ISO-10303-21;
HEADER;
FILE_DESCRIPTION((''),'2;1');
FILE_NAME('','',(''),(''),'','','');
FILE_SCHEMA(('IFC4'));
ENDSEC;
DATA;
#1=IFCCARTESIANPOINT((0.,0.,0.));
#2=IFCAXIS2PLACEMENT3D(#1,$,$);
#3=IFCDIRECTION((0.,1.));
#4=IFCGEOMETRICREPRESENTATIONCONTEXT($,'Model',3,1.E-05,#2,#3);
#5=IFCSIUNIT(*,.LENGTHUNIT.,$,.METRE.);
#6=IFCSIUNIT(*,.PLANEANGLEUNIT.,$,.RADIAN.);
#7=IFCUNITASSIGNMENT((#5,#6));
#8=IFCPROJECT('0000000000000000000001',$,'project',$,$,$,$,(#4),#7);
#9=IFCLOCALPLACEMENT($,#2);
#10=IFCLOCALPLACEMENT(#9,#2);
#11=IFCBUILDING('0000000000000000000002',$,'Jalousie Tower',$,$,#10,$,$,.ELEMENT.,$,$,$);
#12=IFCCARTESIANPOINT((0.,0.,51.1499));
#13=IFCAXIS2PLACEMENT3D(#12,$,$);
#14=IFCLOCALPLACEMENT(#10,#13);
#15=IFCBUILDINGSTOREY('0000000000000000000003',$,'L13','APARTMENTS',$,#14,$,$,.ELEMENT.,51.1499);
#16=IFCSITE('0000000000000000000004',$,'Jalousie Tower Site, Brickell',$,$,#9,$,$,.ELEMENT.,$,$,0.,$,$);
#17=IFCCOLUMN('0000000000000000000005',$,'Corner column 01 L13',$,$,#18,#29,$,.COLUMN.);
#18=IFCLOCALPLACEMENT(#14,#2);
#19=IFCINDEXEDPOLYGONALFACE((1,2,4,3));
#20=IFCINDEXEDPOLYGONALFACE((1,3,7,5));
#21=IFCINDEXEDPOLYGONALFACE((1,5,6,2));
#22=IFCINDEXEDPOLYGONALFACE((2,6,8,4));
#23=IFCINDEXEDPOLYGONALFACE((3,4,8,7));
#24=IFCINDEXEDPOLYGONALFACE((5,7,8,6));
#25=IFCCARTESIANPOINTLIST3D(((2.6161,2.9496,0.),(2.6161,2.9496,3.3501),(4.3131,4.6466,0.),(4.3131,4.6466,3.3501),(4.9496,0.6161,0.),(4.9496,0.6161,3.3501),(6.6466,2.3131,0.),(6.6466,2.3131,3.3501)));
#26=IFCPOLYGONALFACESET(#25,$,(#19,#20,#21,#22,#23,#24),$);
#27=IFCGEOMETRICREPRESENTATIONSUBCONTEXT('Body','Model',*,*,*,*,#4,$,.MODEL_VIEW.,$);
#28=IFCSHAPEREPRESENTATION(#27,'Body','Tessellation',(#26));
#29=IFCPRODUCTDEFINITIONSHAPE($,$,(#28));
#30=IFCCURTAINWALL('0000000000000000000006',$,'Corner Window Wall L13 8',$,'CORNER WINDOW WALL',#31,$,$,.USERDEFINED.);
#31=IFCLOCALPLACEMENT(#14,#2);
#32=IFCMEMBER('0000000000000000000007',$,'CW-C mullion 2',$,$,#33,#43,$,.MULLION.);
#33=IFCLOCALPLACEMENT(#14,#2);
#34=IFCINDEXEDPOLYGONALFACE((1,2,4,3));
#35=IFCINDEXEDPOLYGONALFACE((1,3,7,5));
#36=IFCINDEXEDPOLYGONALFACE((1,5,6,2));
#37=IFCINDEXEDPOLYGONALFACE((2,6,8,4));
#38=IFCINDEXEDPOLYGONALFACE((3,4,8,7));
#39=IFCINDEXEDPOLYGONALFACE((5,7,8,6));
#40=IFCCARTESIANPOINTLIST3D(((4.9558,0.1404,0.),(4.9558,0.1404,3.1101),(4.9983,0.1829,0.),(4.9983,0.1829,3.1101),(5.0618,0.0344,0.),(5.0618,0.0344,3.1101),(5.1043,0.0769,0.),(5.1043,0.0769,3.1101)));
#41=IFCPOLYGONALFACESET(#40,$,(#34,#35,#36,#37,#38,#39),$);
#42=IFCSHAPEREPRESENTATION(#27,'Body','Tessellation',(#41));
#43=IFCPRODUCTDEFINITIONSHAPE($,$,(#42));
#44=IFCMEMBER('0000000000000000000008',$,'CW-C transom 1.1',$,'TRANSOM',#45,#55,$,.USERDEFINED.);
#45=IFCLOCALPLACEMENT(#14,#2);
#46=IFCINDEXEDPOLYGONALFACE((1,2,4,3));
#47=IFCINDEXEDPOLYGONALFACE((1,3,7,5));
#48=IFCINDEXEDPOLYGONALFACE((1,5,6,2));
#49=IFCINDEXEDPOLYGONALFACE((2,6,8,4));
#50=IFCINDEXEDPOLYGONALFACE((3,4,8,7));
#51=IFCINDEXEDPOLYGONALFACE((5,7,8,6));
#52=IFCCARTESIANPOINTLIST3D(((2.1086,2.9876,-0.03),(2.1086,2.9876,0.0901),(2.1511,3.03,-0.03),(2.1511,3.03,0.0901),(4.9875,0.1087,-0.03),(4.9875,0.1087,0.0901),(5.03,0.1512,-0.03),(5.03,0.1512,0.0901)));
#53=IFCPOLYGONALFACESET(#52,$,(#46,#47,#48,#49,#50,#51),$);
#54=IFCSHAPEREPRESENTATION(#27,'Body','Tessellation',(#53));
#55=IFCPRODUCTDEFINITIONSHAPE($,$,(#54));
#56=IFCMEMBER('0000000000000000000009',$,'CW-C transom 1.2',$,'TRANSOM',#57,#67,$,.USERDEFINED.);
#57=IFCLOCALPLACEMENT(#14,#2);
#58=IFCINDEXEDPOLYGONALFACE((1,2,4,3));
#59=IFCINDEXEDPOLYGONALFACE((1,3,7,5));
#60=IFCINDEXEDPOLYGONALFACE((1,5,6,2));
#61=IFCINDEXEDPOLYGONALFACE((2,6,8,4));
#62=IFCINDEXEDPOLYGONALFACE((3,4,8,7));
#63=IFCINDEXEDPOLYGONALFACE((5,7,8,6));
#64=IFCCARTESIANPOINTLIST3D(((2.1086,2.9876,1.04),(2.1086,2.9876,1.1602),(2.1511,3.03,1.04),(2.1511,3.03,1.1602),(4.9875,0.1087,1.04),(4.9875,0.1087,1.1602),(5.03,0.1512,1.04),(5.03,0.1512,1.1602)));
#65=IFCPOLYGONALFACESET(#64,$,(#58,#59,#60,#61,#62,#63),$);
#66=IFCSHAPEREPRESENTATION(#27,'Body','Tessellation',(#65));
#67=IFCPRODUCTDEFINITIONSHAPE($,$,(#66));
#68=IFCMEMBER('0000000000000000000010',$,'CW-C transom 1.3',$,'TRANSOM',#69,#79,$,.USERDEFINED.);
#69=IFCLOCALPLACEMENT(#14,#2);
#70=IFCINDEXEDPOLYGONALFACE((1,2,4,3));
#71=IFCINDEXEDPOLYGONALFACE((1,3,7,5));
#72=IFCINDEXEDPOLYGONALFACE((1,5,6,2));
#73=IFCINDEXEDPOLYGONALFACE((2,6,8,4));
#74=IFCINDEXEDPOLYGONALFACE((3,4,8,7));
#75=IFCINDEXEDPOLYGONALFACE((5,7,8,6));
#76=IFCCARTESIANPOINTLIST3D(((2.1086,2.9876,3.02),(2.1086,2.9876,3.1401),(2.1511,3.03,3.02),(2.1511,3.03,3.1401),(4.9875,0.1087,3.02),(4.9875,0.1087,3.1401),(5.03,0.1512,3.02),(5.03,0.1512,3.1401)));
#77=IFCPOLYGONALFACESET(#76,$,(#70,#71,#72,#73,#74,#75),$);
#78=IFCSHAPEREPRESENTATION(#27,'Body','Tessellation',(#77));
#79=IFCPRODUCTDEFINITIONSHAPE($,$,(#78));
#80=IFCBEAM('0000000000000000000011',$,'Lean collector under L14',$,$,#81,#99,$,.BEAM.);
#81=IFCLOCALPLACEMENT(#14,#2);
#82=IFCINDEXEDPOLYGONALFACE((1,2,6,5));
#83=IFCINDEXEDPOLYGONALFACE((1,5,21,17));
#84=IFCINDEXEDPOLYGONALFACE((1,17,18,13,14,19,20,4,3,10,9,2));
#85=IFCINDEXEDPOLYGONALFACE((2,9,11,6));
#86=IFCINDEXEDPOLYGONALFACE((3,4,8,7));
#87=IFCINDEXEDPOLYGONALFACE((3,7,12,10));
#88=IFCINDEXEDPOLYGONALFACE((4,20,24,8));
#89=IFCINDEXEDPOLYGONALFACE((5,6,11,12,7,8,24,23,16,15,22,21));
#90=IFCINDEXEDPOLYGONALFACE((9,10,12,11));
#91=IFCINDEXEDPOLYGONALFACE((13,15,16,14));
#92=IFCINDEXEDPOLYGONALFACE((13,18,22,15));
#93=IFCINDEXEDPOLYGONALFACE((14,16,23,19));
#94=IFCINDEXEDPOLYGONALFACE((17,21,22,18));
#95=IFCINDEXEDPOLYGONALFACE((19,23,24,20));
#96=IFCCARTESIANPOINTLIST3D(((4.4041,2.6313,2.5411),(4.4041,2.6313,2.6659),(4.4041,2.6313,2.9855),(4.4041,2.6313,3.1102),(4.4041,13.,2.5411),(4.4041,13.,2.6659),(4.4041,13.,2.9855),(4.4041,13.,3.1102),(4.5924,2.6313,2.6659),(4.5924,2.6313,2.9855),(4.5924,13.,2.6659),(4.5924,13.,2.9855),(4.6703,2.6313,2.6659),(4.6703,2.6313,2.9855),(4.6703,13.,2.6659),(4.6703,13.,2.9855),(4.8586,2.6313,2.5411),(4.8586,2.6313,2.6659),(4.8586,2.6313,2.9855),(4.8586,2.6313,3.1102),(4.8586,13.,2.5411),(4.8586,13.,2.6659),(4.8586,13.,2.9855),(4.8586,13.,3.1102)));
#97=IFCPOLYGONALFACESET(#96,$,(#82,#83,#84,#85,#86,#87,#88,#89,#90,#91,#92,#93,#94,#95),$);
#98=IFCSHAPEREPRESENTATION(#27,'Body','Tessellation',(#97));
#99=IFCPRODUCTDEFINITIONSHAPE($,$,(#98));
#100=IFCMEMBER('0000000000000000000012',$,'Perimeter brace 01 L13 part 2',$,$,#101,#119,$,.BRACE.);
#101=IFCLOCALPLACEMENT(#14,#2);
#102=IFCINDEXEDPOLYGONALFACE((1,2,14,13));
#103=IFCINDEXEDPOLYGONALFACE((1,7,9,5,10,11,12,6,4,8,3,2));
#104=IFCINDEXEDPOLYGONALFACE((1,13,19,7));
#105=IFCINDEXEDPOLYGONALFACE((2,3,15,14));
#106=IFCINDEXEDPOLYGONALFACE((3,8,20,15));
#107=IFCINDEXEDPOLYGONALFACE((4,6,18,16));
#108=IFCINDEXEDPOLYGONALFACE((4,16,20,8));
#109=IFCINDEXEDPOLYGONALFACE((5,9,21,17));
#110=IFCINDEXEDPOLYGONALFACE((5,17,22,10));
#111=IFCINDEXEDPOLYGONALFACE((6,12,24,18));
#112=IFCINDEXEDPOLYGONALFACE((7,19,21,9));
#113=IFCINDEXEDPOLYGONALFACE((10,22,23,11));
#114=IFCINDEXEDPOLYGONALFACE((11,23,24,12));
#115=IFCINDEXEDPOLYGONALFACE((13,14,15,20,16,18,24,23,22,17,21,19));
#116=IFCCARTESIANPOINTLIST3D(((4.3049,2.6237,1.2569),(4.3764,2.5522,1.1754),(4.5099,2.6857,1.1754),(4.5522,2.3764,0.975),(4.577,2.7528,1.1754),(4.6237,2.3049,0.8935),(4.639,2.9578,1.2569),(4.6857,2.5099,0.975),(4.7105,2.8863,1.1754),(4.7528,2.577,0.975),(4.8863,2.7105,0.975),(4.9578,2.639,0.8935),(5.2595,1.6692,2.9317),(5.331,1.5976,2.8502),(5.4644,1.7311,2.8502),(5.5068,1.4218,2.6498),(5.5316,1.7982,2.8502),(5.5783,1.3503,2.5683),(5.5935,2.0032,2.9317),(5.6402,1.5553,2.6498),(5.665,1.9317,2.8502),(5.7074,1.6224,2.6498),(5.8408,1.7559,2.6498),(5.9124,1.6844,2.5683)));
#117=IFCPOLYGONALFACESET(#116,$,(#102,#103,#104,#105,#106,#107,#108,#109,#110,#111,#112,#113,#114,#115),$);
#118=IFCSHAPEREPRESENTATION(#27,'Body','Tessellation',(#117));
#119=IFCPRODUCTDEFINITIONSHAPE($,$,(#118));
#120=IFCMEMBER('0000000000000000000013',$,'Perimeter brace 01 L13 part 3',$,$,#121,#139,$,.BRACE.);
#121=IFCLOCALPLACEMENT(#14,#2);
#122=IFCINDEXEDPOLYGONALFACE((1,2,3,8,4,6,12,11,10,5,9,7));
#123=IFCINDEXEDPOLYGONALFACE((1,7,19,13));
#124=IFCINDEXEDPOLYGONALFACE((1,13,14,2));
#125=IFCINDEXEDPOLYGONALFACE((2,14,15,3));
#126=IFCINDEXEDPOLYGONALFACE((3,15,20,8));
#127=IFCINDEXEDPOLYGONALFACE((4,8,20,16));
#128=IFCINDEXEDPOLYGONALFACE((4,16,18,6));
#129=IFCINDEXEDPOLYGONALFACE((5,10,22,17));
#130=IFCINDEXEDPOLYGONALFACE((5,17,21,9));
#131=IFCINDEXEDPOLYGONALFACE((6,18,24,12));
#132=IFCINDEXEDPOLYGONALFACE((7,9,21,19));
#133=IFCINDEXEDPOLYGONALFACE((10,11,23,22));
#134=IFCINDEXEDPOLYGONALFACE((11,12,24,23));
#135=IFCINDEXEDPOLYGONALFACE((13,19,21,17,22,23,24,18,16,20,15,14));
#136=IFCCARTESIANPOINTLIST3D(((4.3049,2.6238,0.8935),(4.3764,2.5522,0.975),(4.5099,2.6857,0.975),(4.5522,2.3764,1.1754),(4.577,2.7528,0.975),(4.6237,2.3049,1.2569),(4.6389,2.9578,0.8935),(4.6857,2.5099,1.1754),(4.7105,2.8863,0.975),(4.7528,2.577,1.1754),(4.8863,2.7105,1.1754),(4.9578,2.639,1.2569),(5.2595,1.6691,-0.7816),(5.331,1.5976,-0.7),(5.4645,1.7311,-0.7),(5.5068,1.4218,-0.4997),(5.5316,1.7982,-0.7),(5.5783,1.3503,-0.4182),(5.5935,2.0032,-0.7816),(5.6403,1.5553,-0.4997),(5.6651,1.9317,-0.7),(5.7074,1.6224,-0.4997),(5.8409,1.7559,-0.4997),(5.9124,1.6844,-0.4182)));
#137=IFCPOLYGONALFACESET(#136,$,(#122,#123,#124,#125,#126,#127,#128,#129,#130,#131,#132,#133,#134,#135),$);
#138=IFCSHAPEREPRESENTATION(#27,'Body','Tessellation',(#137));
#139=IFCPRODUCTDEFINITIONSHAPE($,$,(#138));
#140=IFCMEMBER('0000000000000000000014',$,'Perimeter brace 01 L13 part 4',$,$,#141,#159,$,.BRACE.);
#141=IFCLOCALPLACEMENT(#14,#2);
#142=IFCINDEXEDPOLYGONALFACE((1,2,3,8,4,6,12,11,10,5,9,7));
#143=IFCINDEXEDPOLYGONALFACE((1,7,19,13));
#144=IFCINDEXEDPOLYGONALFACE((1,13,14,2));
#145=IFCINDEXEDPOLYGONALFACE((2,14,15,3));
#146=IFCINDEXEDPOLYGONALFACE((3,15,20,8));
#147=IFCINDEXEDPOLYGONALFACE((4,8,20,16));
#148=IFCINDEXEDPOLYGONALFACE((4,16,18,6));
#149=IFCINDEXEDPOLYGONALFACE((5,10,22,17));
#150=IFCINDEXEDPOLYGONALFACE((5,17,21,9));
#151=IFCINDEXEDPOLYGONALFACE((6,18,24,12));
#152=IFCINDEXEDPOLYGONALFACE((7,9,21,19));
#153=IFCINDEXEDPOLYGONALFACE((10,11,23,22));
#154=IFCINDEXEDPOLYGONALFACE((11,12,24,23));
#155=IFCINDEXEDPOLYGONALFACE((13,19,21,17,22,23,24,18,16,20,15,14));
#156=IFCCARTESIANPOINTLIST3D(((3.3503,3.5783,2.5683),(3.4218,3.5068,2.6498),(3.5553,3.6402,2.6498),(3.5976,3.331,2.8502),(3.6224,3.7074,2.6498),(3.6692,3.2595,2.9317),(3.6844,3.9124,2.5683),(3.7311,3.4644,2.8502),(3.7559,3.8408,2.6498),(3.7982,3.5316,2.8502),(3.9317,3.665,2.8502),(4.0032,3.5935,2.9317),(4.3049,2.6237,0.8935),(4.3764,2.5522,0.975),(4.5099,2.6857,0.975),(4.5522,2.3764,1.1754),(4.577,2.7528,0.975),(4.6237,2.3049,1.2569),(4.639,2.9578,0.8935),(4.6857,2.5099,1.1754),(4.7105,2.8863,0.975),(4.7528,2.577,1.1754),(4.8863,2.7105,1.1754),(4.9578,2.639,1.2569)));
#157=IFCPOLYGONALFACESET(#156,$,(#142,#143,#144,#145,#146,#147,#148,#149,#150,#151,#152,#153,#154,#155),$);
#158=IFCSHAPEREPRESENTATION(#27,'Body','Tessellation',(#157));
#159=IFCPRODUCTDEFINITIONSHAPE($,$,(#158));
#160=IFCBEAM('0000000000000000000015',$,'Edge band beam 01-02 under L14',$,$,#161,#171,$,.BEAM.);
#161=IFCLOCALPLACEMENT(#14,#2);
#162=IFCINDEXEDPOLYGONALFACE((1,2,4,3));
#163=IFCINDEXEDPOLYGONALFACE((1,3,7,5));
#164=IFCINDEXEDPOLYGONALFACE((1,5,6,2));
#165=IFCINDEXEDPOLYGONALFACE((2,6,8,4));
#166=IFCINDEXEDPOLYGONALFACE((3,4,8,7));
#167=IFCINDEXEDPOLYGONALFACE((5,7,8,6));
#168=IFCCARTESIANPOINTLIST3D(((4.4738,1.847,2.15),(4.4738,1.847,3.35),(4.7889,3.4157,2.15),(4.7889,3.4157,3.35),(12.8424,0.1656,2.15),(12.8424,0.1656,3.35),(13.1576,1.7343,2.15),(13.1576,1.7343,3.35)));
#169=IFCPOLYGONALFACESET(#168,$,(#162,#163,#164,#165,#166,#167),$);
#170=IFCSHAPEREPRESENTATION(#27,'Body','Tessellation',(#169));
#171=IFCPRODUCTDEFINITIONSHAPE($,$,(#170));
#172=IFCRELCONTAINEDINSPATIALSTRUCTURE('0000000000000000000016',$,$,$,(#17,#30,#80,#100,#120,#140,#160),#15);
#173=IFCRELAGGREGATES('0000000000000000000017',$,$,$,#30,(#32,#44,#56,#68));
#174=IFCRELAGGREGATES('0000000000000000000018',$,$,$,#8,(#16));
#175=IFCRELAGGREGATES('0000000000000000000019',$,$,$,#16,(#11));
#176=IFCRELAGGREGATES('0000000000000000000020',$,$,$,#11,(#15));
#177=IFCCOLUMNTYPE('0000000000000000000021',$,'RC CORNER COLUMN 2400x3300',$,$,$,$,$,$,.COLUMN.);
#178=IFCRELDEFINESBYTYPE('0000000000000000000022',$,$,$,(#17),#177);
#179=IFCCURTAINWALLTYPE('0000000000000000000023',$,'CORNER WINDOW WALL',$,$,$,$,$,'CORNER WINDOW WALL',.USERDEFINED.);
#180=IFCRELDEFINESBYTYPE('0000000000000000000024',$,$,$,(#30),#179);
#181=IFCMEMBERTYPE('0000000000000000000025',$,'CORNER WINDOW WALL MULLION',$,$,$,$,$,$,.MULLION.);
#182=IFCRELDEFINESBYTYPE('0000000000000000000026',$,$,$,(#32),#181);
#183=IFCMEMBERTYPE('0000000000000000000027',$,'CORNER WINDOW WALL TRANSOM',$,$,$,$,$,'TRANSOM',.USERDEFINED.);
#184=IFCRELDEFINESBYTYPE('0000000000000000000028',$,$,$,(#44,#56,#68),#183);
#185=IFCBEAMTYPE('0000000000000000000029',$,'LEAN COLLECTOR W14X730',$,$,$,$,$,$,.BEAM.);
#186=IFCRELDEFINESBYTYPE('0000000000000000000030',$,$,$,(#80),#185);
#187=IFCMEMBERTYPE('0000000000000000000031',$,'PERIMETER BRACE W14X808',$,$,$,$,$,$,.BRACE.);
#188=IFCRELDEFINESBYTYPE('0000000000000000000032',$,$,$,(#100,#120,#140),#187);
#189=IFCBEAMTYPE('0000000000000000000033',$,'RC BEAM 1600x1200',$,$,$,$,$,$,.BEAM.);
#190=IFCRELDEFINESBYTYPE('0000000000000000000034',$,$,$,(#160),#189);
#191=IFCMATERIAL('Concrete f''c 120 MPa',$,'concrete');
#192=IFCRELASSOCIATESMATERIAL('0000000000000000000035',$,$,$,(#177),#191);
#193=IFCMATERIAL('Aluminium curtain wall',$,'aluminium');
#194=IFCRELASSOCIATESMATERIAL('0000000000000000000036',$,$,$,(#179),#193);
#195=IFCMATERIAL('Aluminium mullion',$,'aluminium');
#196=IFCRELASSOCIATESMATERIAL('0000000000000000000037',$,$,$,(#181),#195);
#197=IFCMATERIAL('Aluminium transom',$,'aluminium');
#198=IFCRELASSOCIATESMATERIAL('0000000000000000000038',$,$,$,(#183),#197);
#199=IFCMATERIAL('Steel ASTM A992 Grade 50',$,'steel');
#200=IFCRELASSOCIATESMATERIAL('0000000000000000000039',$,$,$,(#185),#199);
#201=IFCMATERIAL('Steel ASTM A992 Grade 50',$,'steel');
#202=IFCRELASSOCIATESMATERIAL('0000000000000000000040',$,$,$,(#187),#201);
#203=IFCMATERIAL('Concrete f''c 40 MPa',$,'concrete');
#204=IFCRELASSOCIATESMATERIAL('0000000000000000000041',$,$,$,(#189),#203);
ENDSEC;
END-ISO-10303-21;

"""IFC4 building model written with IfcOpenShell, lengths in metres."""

from ifc_helpers import new_model, si_unit, direction, frame, origin, origin_2d, place, context, subcontext, project, spatial, rectangle, i_section, extrude, material, material_profile, profile_set, type_object, element, aggregate, save


model = new_model("IFC4")

# Units and contexts
model_context = context("Model", 3, precision=1e-05, world=origin(), true_north=direction((0.0, 1.0)))
body_context = subcontext(model_context, "Body", "Model", "MODEL_VIEW")
ifc_project = project(units=[si_unit("LENGTHUNIT", "METRE"), si_unit("PLANEANGLEUNIT", "RADIAN")], contexts=[model_context])

# Site, building, storey
site_placement = place(None, origin())
site = spatial("IfcSite", under=ifc_project, at=site_placement, Name="Jalousie Tower Site, Brickell", CompositionType="ELEMENT", RefElevation=0.0)
building_placement = place(site_placement, origin())
building = spatial("IfcBuilding", under=site, at=building_placement, Name="Jalousie Tower", CompositionType="ELEMENT")
storey_placement = place(building_placement, frame((0.0, 0.0, 51.1499)))
storey = spatial("IfcBuildingStorey", under=building, at=storey_placement, Name="L13", Description="APARTMENTS", CompositionType="ELEMENT", Elevation=51.1499)

# Column
ifc_material_1 = material(Name="Concrete f'c 120 MPa", Category="concrete")
ifc_material_profile_1 = material_profile(ifc_material_1, rectangle(XDim=2.3999, YDim=3.3, at=origin_2d()), Name="RC 2400x3300")
ifc_profile_set_1 = profile_set([ifc_material_profile_1], Name="Concrete f'c 120 MPa")
column_type = type_object("IfcColumnType", Name="RC CORNER COLUMN 2400x3300", PredefinedType="COLUMN", material=ifc_profile_set_1)
column_placement = place(storey_placement, frame((4.6313, 2.6313, 0.0), z_axis=(0.0, 0.0, 1.0), x_axis=(0.707107, 0.707107, 0.0)))
element("IfcColumn", 1, at=column_placement, inside=storey, type_object=column_type, Name="Corner column 01 L13", PredefinedType="COLUMN", context=body_context, shape_type="SweptSolid", body=[
    extrude(rectangle(XDim=2.3999, YDim=3.3, at=origin_2d()), origin(), (0.0, 0.0, 1.0), 3.3501),
])

# Curtain wall, members
ifc_material_2 = material(Name="Aluminium curtain wall", Category="aluminium")
curtain_wall_type_1 = type_object("IfcCurtainWallType", Name="CORNER WINDOW WALL", ElementType="CORNER WINDOW WALL", PredefinedType="USERDEFINED", material=ifc_material_2)
curtain_wall_1_placement = place(storey_placement, origin())
curtain_wall_1 = element("IfcCurtainWall", 2, at=curtain_wall_1_placement, inside=storey, type_object=curtain_wall_type_1, Name="Corner Window Wall L13 8", ObjectType="CORNER WINDOW WALL", PredefinedType="USERDEFINED")
ifc_material_3 = material(Name="Aluminium mullion", Category="aluminium")
ifc_material_profile_2 = material_profile(ifc_material_3, rectangle(XDim=0.0601, YDim=0.1499, at=origin_2d()), Name="MULLION 60x150")
ifc_profile_set_2 = profile_set([ifc_material_profile_2], Name="Aluminium mullion")
member_type_1 = type_object("IfcMemberType", Name="CORNER WINDOW WALL MULLION", PredefinedType="MULLION", material=ifc_profile_set_2)
member_1_placement = place(storey_placement, frame((5.03, 0.1086, 0.0), z_axis=(0.0, 0.0, 1.0), x_axis=(0.707107, 0.707107, 0.0)))
member_1 = element("IfcMember", 3, at=member_1_placement, type_object=member_type_1, Name="CW-C mullion 2", PredefinedType="MULLION", context=body_context, shape_type="SweptSolid", body=[
    extrude(rectangle(XDim=0.0601, YDim=0.1499, at=origin_2d()), origin(), (0.0, 0.0, 1.0), 3.1101),
])
ifc_material_4 = material(Name="Aluminium transom", Category="aluminium")
ifc_material_profile_3 = material_profile(ifc_material_4, rectangle(XDim=0.0601, YDim=0.1201, at=origin_2d()), Name="TRANSOM 60x120")
ifc_profile_set_3 = profile_set([ifc_material_profile_3], Name="Aluminium transom")
member_type_2 = type_object("IfcMemberType", Name="CORNER WINDOW WALL TRANSOM", ElementType="TRANSOM", PredefinedType="USERDEFINED", material=ifc_profile_set_3)
member_2_placement = place(storey_placement, frame((2.1299, 3.0088, 0.03), z_axis=(0.707107, -0.707107, 0.0), x_axis=(0.707107, 0.707107, 0.0)))
member_2 = element("IfcMember", 4, at=member_2_placement, type_object=member_type_2, Name="CW-C transom 1.1", ObjectType="TRANSOM", PredefinedType="USERDEFINED", context=body_context, shape_type="SweptSolid", body=[
    extrude(rectangle(XDim=0.0601, YDim=0.1201, at=origin_2d()), origin(), (0.0, 0.0, 1.0), 4.0713),
])
member_3_placement = place(storey_placement, frame((2.1299, 3.0088, 1.1001), z_axis=(0.707107, -0.707107, 0.0), x_axis=(0.707107, 0.707107, 0.0)))
member_3 = element("IfcMember", 5, at=member_3_placement, type_object=member_type_2, Name="CW-C transom 1.2", ObjectType="TRANSOM", PredefinedType="USERDEFINED", context=body_context, shape_type="SweptSolid", body=[
    extrude(rectangle(XDim=0.0601, YDim=0.1201, at=origin_2d()), origin(), (0.0, 0.0, 1.0), 4.0713),
])
member_4_placement = place(storey_placement, frame((2.1299, 3.0088, 3.0801), z_axis=(0.707107, -0.707107, 0.0), x_axis=(0.707107, 0.707107, 0.0)))
member_4 = element("IfcMember", 6, at=member_4_placement, type_object=member_type_2, Name="CW-C transom 1.3", ObjectType="TRANSOM", PredefinedType="USERDEFINED", context=body_context, shape_type="SweptSolid", body=[
    extrude(rectangle(XDim=0.0601, YDim=0.1201, at=origin_2d()), origin(), (0.0, 0.0, 1.0), 4.0713),
])

# Beam
ifc_material_5 = material(Name="Steel ASTM A992 Grade 50", Category="steel")
ifc_material_profile_4 = material_profile(ifc_material_5, i_section(OverallWidth=0.4546, OverallDepth=0.5691, WebThickness=0.0779, FlangeThickness=0.1248, at=origin_2d()), Name="W14X730")
ifc_profile_set_4 = profile_set([ifc_material_profile_4], Name="Steel ASTM A992 Grade 50")
beam_type_1 = type_object("IfcBeamType", Name="LEAN COLLECTOR W14X730", PredefinedType="BEAM", material=ifc_profile_set_4)
beam_1_placement = place(storey_placement, frame((4.6313, 2.6313, 2.8257), z_axis=(0.0, 1.0, 0.0), x_axis=(-1.0, 0.0, 0.0)))
element("IfcBeam", 7, at=beam_1_placement, inside=storey, type_object=beam_type_1, Name="Lean collector under L14", PredefinedType="BEAM", context=body_context, shape_type="SweptSolid", body=[
    extrude(i_section(OverallWidth=0.4546, OverallDepth=0.5691, WebThickness=0.0779, FlangeThickness=0.1248, at=origin_2d()), origin(), (0.0, 0.0, 1.0), 10.3687),
])

# Members
ifc_material_6 = material(Name="Steel ASTM A992 Grade 50", Category="steel")
ifc_material_profile_5 = material_profile(ifc_material_6, i_section(OverallWidth=0.4724, OverallDepth=0.5791, WebThickness=0.095, FlangeThickness=0.1299, at=origin_2d()), Name="W14X808")
ifc_profile_set_5 = profile_set([ifc_material_profile_5], Name="Steel ASTM A992 Grade 50")
member_type_3 = type_object("IfcMemberType", Name="PERIMETER BRACE W14X808", PredefinedType="BRACE", material=ifc_profile_set_5)
member_5_placement = place(storey_placement, frame((4.6313, 2.6313, 1.0752), z_axis=(0.443758, -0.443758, 0.778562), x_axis=(0.707107, 0.707107, 0.0)))
element("IfcMember", 8, at=member_5_placement, inside=storey, type_object=member_type_3, Name="Perimeter brace 01 L13 part 2", PredefinedType="BRACE", context=body_context, shape_type="SweptSolid", body=[
    extrude(i_section(OverallWidth=0.4724, OverallDepth=0.5791, WebThickness=0.095, FlangeThickness=0.1299, at=origin_2d()), origin(), (0.0, 0.0, 1.0), 2.1511),
])
member_6_placement = place(storey_placement, frame((5.5859, 1.6768, -0.5999), z_axis=(-0.443718, 0.443718, 0.778607), x_axis=(-0.707107, -0.707107, 0.0)))
element("IfcMember", 9, at=member_6_placement, inside=storey, type_object=member_type_3, Name="Perimeter brace 01 L13 part 3", PredefinedType="BRACE", context=body_context, shape_type="SweptSolid", body=[
    extrude(i_section(OverallWidth=0.4724, OverallDepth=0.5791, WebThickness=0.095, FlangeThickness=0.1299, at=origin_2d()), origin(), (0.0, 0.0, 1.0), 2.1514),
])
member_7_placement = place(storey_placement, frame((4.6313, 2.6313, 1.0752), z_axis=(-0.443758, 0.443758, 0.778562), x_axis=(-0.707107, -0.707107, 0.0)))
element("IfcMember", 10, at=member_7_placement, inside=storey, type_object=member_type_3, Name="Perimeter brace 01 L13 part 4", PredefinedType="BRACE", context=body_context, shape_type="SweptSolid", body=[
    extrude(i_section(OverallWidth=0.4724, OverallDepth=0.5791, WebThickness=0.095, FlangeThickness=0.1299, at=origin_2d()), origin(), (0.0, 0.0, 1.0), 2.1511),
])

# Beam
ifc_material_7 = material(Name="Concrete f'c 40 MPa", Category="concrete")
ifc_material_profile_6 = material_profile(ifc_material_7, rectangle(XDim=1.6001, YDim=1.2, at=origin_2d()), Name="RC 1600x1200")
ifc_profile_set_6 = profile_set([ifc_material_profile_6], Name="Concrete f'c 40 MPa")
beam_type_2 = type_object("IfcBeamType", Name="RC BEAM 1600x1200", PredefinedType="BEAM", material=ifc_profile_set_6)
beam_2_placement = place(storey_placement, frame((4.6313, 2.6313, 2.75), z_axis=(0.980408, -0.19698, 0.0), x_axis=(0.19698, 0.980408, 0.0)))
element("IfcBeam", 11, at=beam_2_placement, inside=storey, type_object=beam_type_2, Name="Edge band beam 01-02 under L14", PredefinedType="BEAM", context=body_context, shape_type="SweptSolid", body=[
    extrude(rectangle(XDim=1.6001, YDim=1.2, at=origin_2d()), origin(), (0.0, 0.0, 1.0), 8.5359),
])

aggregate(curtain_wall_1, [member_1, member_2, member_3, member_4])

save(model, "model.ifc")
